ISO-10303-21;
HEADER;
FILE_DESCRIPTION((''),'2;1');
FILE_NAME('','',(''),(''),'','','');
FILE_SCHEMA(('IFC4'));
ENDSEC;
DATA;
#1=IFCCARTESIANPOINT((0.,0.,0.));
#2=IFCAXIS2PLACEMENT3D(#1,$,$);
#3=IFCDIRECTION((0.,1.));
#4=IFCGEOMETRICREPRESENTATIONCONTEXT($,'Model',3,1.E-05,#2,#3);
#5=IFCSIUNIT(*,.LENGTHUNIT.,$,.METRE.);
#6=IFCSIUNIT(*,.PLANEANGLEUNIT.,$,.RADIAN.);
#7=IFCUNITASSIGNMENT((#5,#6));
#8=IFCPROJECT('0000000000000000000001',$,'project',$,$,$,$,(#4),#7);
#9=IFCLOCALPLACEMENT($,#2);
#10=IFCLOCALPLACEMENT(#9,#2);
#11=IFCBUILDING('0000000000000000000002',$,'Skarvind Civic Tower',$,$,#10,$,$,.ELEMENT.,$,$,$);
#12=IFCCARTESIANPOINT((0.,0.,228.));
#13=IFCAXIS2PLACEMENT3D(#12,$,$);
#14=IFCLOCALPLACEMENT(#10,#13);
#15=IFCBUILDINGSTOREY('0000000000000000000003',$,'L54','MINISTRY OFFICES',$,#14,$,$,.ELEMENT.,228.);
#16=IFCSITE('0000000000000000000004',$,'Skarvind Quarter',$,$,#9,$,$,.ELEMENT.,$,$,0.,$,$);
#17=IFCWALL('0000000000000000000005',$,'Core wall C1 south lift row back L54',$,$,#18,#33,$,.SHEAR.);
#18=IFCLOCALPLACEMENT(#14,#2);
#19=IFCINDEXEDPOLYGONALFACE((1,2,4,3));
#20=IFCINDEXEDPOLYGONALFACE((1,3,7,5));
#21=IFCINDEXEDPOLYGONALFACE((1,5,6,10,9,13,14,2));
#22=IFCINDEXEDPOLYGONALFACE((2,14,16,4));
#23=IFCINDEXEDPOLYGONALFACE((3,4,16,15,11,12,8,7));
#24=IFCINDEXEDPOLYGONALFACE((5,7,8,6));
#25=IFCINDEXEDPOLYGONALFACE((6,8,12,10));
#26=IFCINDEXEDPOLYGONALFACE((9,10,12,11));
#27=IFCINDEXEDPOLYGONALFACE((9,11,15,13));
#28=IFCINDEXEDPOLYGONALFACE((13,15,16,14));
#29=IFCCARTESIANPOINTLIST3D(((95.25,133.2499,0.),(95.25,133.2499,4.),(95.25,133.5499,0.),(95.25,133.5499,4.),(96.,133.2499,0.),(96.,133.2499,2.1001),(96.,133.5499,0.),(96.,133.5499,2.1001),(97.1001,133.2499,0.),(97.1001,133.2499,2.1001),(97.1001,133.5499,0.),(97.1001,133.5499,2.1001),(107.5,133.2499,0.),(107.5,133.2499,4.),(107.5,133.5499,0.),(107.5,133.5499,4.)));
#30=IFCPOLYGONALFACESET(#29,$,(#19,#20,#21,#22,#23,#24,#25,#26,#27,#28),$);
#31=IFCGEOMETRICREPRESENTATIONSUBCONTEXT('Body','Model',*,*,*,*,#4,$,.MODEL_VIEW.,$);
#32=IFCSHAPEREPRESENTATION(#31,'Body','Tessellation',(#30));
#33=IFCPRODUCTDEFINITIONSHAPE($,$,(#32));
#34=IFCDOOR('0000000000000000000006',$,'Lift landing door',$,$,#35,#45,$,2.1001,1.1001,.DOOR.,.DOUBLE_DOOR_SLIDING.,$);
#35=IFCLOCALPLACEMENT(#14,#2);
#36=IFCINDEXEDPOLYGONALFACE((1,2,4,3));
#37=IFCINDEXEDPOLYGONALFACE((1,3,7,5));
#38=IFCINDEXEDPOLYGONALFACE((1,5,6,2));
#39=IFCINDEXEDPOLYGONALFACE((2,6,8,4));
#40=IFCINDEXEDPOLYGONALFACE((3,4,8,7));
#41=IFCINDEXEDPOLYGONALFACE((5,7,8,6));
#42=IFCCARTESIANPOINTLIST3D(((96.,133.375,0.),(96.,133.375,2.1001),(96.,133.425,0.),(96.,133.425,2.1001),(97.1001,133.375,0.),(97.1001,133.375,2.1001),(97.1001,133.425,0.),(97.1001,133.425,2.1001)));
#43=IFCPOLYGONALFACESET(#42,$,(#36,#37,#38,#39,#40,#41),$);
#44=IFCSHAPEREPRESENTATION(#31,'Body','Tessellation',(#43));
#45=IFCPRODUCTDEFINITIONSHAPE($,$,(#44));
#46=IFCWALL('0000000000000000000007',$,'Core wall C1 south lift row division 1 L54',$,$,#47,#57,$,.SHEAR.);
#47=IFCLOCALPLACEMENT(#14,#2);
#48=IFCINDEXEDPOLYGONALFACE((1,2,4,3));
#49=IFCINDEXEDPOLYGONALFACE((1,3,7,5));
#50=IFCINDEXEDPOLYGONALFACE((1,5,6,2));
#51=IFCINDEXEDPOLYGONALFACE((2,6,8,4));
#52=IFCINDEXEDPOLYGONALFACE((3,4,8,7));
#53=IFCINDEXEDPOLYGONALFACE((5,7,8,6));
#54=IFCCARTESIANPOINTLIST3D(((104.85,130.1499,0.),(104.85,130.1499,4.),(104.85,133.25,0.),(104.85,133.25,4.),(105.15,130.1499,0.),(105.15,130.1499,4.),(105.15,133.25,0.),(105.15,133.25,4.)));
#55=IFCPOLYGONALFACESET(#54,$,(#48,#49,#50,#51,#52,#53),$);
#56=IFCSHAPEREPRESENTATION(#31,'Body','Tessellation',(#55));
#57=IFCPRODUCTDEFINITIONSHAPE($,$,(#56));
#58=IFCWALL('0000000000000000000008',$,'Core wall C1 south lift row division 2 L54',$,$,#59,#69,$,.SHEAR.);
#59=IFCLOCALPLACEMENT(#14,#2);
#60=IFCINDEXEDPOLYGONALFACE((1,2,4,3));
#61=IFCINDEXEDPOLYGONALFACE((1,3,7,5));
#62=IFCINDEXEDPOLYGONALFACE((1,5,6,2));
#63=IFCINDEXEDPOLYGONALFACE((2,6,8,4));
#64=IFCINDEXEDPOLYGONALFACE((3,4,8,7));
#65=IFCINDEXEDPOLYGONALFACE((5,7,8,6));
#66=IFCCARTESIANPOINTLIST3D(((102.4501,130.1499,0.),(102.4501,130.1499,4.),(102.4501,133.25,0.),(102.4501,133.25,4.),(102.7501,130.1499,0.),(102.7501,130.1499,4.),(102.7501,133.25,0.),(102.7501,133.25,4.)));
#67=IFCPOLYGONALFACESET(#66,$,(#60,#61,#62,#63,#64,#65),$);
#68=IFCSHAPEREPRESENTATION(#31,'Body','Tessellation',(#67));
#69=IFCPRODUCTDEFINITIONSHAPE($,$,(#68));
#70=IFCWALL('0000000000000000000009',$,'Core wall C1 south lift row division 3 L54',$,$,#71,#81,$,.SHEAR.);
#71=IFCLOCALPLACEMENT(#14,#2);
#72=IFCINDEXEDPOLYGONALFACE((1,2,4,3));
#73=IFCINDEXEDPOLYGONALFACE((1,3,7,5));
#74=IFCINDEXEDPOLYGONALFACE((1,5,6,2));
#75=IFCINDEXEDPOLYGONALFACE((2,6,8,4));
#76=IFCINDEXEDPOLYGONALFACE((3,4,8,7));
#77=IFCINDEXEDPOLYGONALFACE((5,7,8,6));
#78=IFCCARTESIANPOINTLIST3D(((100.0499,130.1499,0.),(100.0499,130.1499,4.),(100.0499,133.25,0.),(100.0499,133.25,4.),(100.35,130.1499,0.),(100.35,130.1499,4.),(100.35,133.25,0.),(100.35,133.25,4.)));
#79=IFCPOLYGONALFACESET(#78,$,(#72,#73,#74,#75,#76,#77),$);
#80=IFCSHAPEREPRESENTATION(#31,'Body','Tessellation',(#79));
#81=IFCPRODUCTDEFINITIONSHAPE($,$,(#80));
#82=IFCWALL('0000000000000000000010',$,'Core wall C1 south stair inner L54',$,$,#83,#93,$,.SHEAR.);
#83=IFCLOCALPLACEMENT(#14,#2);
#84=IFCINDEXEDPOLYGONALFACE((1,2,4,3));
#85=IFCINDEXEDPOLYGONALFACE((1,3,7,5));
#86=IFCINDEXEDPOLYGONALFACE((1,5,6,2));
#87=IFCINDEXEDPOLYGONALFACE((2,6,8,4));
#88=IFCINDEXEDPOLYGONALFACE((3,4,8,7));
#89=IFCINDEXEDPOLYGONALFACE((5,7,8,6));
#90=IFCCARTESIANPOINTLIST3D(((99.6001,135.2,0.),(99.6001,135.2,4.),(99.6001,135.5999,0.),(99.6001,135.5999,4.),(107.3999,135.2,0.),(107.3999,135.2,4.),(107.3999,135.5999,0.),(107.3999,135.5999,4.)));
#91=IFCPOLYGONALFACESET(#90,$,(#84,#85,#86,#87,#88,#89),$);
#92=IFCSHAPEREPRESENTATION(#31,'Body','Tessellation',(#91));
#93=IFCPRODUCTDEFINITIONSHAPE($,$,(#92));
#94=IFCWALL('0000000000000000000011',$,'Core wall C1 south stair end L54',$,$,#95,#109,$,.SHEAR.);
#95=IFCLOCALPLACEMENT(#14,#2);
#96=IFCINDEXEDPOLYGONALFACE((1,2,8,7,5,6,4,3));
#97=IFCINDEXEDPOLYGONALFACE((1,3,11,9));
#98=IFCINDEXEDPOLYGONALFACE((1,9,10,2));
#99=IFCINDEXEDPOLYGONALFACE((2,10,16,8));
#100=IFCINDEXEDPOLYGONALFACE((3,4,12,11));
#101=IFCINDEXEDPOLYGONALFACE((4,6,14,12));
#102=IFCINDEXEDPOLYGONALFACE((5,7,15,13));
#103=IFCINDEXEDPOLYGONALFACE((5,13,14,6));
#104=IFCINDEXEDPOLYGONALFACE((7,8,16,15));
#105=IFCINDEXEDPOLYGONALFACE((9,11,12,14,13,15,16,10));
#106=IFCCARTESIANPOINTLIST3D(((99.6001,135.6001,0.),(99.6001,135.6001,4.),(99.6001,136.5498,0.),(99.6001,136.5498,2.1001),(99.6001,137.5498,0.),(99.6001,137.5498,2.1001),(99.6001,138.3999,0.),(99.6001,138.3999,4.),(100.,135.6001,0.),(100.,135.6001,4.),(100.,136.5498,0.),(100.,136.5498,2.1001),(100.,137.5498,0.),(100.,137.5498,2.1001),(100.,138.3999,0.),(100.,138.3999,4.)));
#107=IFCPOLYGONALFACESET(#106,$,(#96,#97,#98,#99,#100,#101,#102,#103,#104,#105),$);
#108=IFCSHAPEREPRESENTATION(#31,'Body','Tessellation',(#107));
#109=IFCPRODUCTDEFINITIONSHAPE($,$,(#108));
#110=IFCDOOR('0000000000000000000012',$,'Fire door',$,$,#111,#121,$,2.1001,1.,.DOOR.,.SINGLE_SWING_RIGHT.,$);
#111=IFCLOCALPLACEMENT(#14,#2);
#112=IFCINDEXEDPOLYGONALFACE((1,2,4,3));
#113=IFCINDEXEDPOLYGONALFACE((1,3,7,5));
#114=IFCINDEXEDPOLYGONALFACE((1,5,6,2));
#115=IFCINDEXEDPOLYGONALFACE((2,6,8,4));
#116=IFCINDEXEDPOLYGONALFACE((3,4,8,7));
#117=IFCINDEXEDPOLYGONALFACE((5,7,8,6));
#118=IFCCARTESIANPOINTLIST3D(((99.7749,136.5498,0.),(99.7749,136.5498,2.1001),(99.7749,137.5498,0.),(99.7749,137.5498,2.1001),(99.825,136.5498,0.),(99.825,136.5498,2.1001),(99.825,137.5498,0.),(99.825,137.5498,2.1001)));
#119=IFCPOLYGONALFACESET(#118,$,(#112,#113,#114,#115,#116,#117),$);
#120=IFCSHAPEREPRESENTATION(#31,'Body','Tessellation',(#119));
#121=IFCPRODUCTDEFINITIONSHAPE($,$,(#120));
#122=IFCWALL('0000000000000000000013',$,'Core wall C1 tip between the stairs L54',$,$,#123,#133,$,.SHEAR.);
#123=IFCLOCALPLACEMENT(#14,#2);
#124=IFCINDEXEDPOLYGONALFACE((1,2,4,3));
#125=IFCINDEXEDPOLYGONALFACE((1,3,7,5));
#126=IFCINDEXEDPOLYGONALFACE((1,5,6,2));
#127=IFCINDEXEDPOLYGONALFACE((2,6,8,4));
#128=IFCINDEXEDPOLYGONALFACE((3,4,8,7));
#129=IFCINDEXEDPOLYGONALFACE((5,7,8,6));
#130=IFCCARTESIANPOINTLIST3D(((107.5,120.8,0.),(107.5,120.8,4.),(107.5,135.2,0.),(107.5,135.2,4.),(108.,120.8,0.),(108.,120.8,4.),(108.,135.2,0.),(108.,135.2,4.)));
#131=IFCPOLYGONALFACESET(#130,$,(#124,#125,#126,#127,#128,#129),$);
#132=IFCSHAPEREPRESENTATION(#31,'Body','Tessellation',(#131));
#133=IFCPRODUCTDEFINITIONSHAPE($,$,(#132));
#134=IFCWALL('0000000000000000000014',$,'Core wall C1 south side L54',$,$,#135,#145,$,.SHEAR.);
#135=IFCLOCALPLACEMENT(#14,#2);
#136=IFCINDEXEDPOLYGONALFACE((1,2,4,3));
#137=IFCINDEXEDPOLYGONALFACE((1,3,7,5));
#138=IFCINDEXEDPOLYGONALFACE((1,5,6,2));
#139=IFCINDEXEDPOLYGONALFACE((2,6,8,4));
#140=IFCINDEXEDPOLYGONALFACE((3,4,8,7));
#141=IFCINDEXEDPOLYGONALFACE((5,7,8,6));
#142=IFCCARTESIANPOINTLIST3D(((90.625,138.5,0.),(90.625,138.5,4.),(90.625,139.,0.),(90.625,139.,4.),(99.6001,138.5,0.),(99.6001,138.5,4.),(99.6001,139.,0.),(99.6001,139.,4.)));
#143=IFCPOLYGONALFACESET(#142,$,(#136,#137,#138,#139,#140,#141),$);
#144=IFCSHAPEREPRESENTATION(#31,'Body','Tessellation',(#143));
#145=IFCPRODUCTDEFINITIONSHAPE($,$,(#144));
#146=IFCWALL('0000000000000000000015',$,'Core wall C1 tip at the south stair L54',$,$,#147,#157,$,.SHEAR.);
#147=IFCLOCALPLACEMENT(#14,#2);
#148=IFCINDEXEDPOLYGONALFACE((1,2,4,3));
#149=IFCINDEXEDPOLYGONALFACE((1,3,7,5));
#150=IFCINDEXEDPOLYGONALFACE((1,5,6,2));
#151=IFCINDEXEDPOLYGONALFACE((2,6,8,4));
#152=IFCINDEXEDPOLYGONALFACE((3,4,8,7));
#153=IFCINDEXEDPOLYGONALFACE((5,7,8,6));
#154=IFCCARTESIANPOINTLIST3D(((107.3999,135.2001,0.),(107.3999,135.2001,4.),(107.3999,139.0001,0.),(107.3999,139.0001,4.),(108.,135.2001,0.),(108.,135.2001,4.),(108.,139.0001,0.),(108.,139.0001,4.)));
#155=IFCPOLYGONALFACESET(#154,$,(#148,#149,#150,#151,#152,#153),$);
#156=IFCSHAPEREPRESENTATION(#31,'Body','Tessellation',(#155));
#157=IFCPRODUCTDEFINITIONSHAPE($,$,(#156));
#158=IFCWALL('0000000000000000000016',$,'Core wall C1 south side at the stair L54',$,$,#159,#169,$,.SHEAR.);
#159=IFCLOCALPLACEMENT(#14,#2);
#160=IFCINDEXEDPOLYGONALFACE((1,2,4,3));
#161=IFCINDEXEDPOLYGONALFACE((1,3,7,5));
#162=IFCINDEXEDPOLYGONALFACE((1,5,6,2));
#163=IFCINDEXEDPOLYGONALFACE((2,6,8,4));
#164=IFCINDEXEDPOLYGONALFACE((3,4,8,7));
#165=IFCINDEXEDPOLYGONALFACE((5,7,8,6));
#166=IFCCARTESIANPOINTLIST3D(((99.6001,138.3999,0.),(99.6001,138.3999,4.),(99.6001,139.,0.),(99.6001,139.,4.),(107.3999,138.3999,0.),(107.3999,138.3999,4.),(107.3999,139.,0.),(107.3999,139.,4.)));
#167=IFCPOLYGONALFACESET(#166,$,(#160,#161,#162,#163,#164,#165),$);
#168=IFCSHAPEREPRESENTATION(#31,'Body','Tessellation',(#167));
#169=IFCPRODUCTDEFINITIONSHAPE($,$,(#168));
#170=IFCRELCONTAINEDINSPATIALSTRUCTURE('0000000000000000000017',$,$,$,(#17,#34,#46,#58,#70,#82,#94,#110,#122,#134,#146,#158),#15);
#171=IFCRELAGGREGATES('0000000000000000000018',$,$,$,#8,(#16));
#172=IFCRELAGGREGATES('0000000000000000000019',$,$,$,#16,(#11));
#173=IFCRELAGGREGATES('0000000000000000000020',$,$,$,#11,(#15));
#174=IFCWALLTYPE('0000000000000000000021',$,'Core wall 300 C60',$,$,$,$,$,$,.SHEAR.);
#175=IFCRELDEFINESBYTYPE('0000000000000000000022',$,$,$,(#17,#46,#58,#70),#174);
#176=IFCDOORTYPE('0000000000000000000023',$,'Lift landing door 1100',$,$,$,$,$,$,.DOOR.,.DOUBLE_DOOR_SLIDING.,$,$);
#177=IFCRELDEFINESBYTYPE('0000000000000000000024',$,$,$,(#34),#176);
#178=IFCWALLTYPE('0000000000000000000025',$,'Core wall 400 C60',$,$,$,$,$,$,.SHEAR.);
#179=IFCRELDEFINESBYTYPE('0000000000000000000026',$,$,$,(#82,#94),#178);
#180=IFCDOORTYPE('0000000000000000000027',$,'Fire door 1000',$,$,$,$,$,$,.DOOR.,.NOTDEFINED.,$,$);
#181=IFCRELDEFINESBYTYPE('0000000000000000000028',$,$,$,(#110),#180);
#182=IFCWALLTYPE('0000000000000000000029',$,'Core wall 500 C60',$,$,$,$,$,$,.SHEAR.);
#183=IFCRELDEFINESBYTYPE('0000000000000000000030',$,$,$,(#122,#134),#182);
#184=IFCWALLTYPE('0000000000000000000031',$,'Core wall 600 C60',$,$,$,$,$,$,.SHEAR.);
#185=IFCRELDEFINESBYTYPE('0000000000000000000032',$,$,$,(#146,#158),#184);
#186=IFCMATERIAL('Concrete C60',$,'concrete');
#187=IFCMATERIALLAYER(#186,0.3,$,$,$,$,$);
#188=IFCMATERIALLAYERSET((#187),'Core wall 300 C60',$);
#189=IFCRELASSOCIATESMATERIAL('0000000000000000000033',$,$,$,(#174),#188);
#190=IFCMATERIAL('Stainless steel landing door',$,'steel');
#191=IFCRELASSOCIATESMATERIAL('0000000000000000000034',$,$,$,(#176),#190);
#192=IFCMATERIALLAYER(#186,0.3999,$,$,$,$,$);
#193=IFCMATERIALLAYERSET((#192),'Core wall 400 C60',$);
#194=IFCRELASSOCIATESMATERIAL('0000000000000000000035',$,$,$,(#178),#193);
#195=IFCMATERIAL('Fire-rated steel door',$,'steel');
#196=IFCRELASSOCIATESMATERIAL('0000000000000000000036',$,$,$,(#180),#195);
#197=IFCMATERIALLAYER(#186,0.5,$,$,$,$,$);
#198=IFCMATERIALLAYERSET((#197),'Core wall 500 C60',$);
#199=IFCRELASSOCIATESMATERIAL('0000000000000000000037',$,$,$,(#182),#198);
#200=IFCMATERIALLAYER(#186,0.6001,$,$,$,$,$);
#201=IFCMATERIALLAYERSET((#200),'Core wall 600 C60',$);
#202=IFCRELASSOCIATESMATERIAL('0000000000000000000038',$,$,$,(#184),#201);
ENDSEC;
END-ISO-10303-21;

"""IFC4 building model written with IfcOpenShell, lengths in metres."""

from ifc_helpers import new_model, si_unit, direction, frame, frame_2d, origin, place, context, subcontext, project, spatial, rectangle, extrude, material, layer, layer_set, type_object, element, fill, save


model = new_model("IFC4")

# Units and contexts
model_context = context("Model", 3, precision=1e-05, world=origin(), true_north=direction((0.0, 1.0)))
body_context = subcontext(model_context, "Body", "Model", "MODEL_VIEW")
ifc_project = project(units=[si_unit("LENGTHUNIT", "METRE"), si_unit("PLANEANGLEUNIT", "RADIAN")], contexts=[model_context])

# Site, building, storey
site_placement = place(None, origin())
site = spatial("IfcSite", under=ifc_project, at=site_placement, Name="Skarvind Quarter", CompositionType="ELEMENT", RefElevation=0.0)
building_placement = place(site_placement, origin())
building = spatial("IfcBuilding", under=site, at=building_placement, Name="Skarvind Civic Tower", CompositionType="ELEMENT")
storey_placement = place(building_placement, frame((0.0, 0.0, 228.0)))
storey = spatial("IfcBuildingStorey", under=building, at=storey_placement, Name="L54", Description="MINISTRY OFFICES", CompositionType="ELEMENT", Elevation=228.0)

# Wall, opening, door
ifc_material_1 = material(Name="Concrete C60", Category="concrete")
ifc_layer_1 = layer(ifc_material_1, 0.3)
ifc_layer_set_1 = layer_set([ifc_layer_1], Name="Core wall 300 C60")
wall_type_1 = type_object("IfcWallType", Name="Core wall 300 C60", PredefinedType="SHEAR", material=ifc_layer_set_1)
wall_1_placement = place(storey_placement, frame((107.5, 133.3999, 0.0), z_axis=(0.0, 0.0, 1.0), x_axis=(-1.0, 0.0, 0.0)))
wall_1 = element("IfcWall", 1, at=wall_1_placement, inside=storey, type_object=wall_type_1, Name="Core wall C1 south lift row back L54", PredefinedType="SHEAR", context=body_context, shape_type="SweptSolid", body=[
    extrude(rectangle(XDim=12.25, YDim=0.3, at=frame_2d((6.125, 0.0))), origin(), (0.0, 0.0, 1.0), 4.0),
])
opening_1_placement = place(wall_1_placement, frame((10.3999, 0.0, 0.0)))
opening_1 = element("IfcOpeningElement", 2, at=opening_1_placement, cuts=wall_1, PredefinedType="OPENING", context=body_context, shape_type="SweptSolid", body=[
    extrude(rectangle(XDim=1.1001, YDim=2.1001, at=frame_2d((0.55, 1.05))), frame((0.0, 0.1599, 0.0), z_axis=(0.0, -1.0, 0.0), x_axis=(1.0, 0.0, 0.0)), (0.0, 0.0, 1.0), 0.3201),
])
ifc_material_2 = material(Name="Stainless steel landing door", Category="steel")
door_type_1 = type_object("IfcDoorType", Name="Lift landing door 1100", OperationType="DOUBLE_DOOR_SLIDING", PredefinedType="DOOR", material=ifc_material_2)
door_1_placement = place(opening_1_placement, origin())
door_1 = element("IfcDoor", 3, at=door_1_placement, inside=storey, type_object=door_type_1, Name="Lift landing door", OperationType="DOUBLE_DOOR_SLIDING", OverallHeight=2.1001, OverallWidth=1.1001, PredefinedType="DOOR", context=body_context, shape_type="SweptSolid", body=[
    extrude(rectangle(XDim=1.1001, YDim=2.1001, at=frame_2d((0.55, 1.05))), frame((0.0, 0.0249, 0.0), z_axis=(0.0, -1.0, 0.0), x_axis=(1.0, 0.0, 0.0)), (0.0, 0.0, 1.0), 0.05),
])
fill(opening_1, door_1)

# Walls
for number, where, z_axis, x_axis, name in (
    (4, (105.0, 133.25, 0.0), (0.0, 0.0, 1.0), (0.0, -1.0, 0.0), "Core wall C1 south lift row division 1 L54"),
    (5, (102.6001, 133.25, 0.0), (0.0, 0.0, 1.0), (0.0, -1.0, 0.0), "Core wall C1 south lift row division 2 L54"),
    (6, (100.2, 133.25, 0.0), (0.0, 0.0, 1.0), (0.0, -1.0, 0.0), "Core wall C1 south lift row division 3 L54"),
):
    element("IfcWall", number, at=place(storey_placement, frame(where, z_axis=z_axis, x_axis=x_axis)), inside=storey, type_object=wall_type_1, Name=name, PredefinedType="SHEAR", context=body_context, shape_type="SweptSolid", body=[
        extrude(rectangle(XDim=3.1001, YDim=0.3, at=frame_2d((1.55, 0.0))), origin(), (0.0, 0.0, 1.0), 4.0),
    ])
ifc_layer_2 = layer(ifc_material_1, 0.3999)
ifc_layer_set_2 = layer_set([ifc_layer_2], Name="Core wall 400 C60")
wall_type_2 = type_object("IfcWallType", Name="Core wall 400 C60", PredefinedType="SHEAR", material=ifc_layer_set_2)
wall_2_placement = place(storey_placement, frame((107.3999, 135.3999, 0.0), z_axis=(0.0, 0.0, 1.0), x_axis=(-1.0, 0.0, 0.0)))
element("IfcWall", 7, at=wall_2_placement, inside=storey, type_object=wall_type_2, Name="Core wall C1 south stair inner L54", PredefinedType="SHEAR", context=body_context, shape_type="SweptSolid", body=[
    extrude(rectangle(XDim=7.7998, YDim=0.3999, at=frame_2d((3.8999, 0.0))), origin(), (0.0, 0.0, 1.0), 4.0),
])

# Wall, opening, door
wall_3_placement = place(storey_placement, frame((99.8, 138.3999, 0.0), z_axis=(0.0, 0.0, 1.0), x_axis=(0.0, -1.0, 0.0)))
wall_3 = element("IfcWall", 8, at=wall_3_placement, inside=storey, type_object=wall_type_2, Name="Core wall C1 south stair end L54", PredefinedType="SHEAR", context=body_context, shape_type="SweptSolid", body=[
    extrude(rectangle(XDim=2.7998, YDim=0.3999, at=frame_2d((1.3999, 0.0))), origin(), (0.0, 0.0, 1.0), 4.0),
])
opening_2_placement = place(wall_3_placement, frame((0.8501, 0.0, 0.0)))
opening_2 = element("IfcOpeningElement", 9, at=opening_2_placement, cuts=wall_3, PredefinedType="OPENING", context=body_context, shape_type="SweptSolid", body=[
    extrude(rectangle(XDim=1.0, YDim=2.1001, at=frame_2d((0.5, 1.05))), frame((0.0, 0.21, 0.0), z_axis=(0.0, -1.0, 0.0), x_axis=(1.0, 0.0, 0.0)), (0.0, 0.0, 1.0), 0.4199),
])
ifc_material_3 = material(Name="Fire-rated steel door", Category="steel")
door_type_2 = type_object("IfcDoorType", Name="Fire door 1000", OperationType="NOTDEFINED", PredefinedType="DOOR", material=ifc_material_3)
door_2_placement = place(opening_2_placement, origin())
door_2 = element("IfcDoor", 10, at=door_2_placement, inside=storey, type_object=door_type_2, Name="Fire door", OperationType="SINGLE_SWING_RIGHT", OverallHeight=2.1001, OverallWidth=1.0, PredefinedType="DOOR", context=body_context, shape_type="SweptSolid", body=[
    extrude(rectangle(XDim=1.0, YDim=2.1001, at=frame_2d((0.5, 1.05))), frame((0.0, 0.0249, 0.0), z_axis=(0.0, -1.0, 0.0), x_axis=(1.0, 0.0, 0.0)), (0.0, 0.0, 1.0), 0.05),
])
fill(opening_2, door_2)

# Walls
ifc_layer_3 = layer(ifc_material_1, 0.5)
ifc_layer_set_3 = layer_set([ifc_layer_3], Name="Core wall 500 C60")
wall_type_3 = type_object("IfcWallType", Name="Core wall 500 C60", PredefinedType="SHEAR", material=ifc_layer_set_3)
wall_4_placement = place(storey_placement, frame((107.75, 135.2, 0.0), z_axis=(0.0, 0.0, 1.0), x_axis=(0.0, -1.0, 0.0)))
element("IfcWall", 11, at=wall_4_placement, inside=storey, type_object=wall_type_3, Name="Core wall C1 tip between the stairs L54", PredefinedType="SHEAR", context=body_context, shape_type="SweptSolid", body=[
    extrude(rectangle(XDim=14.3999, YDim=0.5, at=frame_2d((7.2, 0.0))), origin(), (0.0, 0.0, 1.0), 4.0),
])
wall_5_placement = place(storey_placement, frame((99.6001, 138.75, 0.0), z_axis=(0.0, 0.0, 1.0), x_axis=(-1.0, 0.0, 0.0)))
element("IfcWall", 12, at=wall_5_placement, inside=storey, type_object=wall_type_3, Name="Core wall C1 south side L54", PredefinedType="SHEAR", context=body_context, shape_type="SweptSolid", body=[
    extrude(rectangle(XDim=8.9751, YDim=0.5, at=frame_2d((4.4875, 0.0))), origin(), (0.0, 0.0, 1.0), 4.0),
])
ifc_layer_4 = layer(ifc_material_1, 0.6001)
ifc_layer_set_4 = layer_set([ifc_layer_4], Name="Core wall 600 C60")
wall_type_4 = type_object("IfcWallType", Name="Core wall 600 C60", PredefinedType="SHEAR", material=ifc_layer_set_4)
wall_6_placement = place(storey_placement, frame((107.7, 139.0, 0.0), z_axis=(0.0, 0.0, 1.0), x_axis=(0.0, -1.0, 0.0)))
element("IfcWall", 13, at=wall_6_placement, inside=storey, type_object=wall_type_4, Name="Core wall C1 tip at the south stair L54", PredefinedType="SHEAR", context=body_context, shape_type="SweptSolid", body=[
    extrude(rectangle(XDim=3.8, YDim=0.6001, at=frame_2d((1.8999, 0.0))), origin(), (0.0, 0.0, 1.0), 4.0),
])
wall_7_placement = place(storey_placement, frame((107.3999, 138.7, 0.0), z_axis=(0.0, 0.0, 1.0), x_axis=(-1.0, 0.0, 0.0)))
element("IfcWall", 14, at=wall_7_placement, inside=storey, type_object=wall_type_4, Name="Core wall C1 south side at the stair L54", PredefinedType="SHEAR", context=body_context, shape_type="SweptSolid", body=[
    extrude(rectangle(XDim=7.7998, YDim=0.6001, at=frame_2d((3.8999, 0.0))), origin(), (0.0, 0.0, 1.0), 4.0),
])

save(model, "model.ifc")
